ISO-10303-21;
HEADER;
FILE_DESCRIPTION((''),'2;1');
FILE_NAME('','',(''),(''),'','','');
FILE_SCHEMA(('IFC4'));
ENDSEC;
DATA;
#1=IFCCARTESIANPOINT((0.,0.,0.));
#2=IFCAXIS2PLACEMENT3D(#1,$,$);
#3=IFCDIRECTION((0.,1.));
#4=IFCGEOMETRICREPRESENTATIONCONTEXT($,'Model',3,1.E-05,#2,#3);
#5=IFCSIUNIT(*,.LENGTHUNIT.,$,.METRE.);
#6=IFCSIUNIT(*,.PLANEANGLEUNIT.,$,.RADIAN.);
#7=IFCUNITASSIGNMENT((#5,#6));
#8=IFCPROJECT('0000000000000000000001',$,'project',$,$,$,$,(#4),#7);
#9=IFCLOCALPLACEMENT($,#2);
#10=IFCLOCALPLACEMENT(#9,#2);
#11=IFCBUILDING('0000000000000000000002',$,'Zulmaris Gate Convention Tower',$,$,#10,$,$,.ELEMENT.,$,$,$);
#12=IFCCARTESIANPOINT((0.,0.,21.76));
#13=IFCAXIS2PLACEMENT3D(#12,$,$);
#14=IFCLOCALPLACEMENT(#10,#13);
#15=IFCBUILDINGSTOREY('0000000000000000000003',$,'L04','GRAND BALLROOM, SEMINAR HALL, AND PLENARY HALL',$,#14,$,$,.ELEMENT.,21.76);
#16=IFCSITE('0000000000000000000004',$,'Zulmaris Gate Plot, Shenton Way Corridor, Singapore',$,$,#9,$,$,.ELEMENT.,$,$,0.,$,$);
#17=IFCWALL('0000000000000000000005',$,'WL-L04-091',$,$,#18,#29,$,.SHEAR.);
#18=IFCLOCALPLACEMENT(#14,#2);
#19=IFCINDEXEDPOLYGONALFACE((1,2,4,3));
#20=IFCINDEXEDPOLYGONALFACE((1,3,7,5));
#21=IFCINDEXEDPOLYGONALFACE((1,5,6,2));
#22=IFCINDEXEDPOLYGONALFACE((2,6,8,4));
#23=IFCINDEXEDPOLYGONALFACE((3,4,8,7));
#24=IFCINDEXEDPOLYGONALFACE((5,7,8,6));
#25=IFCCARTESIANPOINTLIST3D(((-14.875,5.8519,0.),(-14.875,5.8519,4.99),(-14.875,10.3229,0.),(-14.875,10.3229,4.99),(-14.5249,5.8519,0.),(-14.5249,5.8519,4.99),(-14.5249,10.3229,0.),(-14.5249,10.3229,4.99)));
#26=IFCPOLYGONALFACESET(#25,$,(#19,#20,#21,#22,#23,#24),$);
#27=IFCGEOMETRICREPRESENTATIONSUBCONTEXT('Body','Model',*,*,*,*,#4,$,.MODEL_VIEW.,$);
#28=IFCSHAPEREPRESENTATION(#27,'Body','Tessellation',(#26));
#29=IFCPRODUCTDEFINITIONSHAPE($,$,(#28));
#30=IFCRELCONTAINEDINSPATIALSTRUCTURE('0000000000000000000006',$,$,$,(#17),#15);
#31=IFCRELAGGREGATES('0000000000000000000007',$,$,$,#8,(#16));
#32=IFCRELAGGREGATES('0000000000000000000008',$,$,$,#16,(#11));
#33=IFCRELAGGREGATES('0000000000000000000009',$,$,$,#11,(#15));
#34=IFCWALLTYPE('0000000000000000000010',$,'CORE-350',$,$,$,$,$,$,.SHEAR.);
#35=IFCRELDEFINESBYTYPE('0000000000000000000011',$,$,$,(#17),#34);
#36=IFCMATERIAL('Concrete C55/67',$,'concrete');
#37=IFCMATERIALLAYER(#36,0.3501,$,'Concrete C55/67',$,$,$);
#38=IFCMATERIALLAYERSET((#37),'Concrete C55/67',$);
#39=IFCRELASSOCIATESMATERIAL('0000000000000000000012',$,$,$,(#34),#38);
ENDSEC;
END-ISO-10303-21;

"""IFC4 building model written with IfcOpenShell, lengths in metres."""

from ifc_helpers import new_model, si_unit, direction, frame, frame_2d, origin, place, context, subcontext, project, spatial, rectangle, extrude, material, layer, layer_set, type_object, element, save


model = new_model("IFC4")

# Units and contexts
model_context = context("Model", 3, precision=1e-05, world=origin(), true_north=direction((0.0, 1.0)))
body_context = subcontext(model_context, "Body", "Model", "MODEL_VIEW")
ifc_project = project(units=[si_unit("LENGTHUNIT", "METRE"), si_unit("PLANEANGLEUNIT", "RADIAN")], contexts=[model_context])

# Site, building, storey
site_placement = place(None, origin())
site = spatial("IfcSite", under=ifc_project, at=site_placement, Name="Zulmaris Gate Plot, Shenton Way Corridor, Singapore", CompositionType="ELEMENT", RefElevation=0.0)
building_placement = place(site_placement, origin())
building = spatial("IfcBuilding", under=site, at=building_placement, Name="Zulmaris Gate Convention Tower", CompositionType="ELEMENT")
storey_placement = place(building_placement, frame((0.0, 0.0, 21.76)))
storey = spatial("IfcBuildingStorey", under=building, at=storey_placement, Name="L04", Description="GRAND BALLROOM, SEMINAR HALL, AND PLENARY HALL", CompositionType="ELEMENT", Elevation=21.76)

# Wall
ifc_material_1 = material(Name="Concrete C55/67", Category="concrete")
ifc_layer_1 = layer(ifc_material_1, 0.3501, Name="Concrete C55/67")
ifc_layer_set_1 = layer_set([ifc_layer_1], Name="Concrete C55/67")
wall_type_1 = type_object("IfcWallType", Name="CORE-350", PredefinedType="SHEAR", material=ifc_layer_set_1)
wall_1_placement = place(storey_placement, frame((-14.7, 5.8521, 0.0), z_axis=(0.0, 0.0, 1.0), x_axis=(0.0, 1.0, 0.0)))
element("IfcWall", 1, at=wall_1_placement, inside=storey, type_object=wall_type_1, Name="WL-L04-091", PredefinedType="SHEAR", context=body_context, shape_type="SweptSolid", body=[
    extrude(rectangle(XDim=4.4709, YDim=0.3501, at=frame_2d((2.2354, 0.0))), origin(), (0.0, 0.0, 1.0), 4.99),
])

save(model, "model.ifc")
